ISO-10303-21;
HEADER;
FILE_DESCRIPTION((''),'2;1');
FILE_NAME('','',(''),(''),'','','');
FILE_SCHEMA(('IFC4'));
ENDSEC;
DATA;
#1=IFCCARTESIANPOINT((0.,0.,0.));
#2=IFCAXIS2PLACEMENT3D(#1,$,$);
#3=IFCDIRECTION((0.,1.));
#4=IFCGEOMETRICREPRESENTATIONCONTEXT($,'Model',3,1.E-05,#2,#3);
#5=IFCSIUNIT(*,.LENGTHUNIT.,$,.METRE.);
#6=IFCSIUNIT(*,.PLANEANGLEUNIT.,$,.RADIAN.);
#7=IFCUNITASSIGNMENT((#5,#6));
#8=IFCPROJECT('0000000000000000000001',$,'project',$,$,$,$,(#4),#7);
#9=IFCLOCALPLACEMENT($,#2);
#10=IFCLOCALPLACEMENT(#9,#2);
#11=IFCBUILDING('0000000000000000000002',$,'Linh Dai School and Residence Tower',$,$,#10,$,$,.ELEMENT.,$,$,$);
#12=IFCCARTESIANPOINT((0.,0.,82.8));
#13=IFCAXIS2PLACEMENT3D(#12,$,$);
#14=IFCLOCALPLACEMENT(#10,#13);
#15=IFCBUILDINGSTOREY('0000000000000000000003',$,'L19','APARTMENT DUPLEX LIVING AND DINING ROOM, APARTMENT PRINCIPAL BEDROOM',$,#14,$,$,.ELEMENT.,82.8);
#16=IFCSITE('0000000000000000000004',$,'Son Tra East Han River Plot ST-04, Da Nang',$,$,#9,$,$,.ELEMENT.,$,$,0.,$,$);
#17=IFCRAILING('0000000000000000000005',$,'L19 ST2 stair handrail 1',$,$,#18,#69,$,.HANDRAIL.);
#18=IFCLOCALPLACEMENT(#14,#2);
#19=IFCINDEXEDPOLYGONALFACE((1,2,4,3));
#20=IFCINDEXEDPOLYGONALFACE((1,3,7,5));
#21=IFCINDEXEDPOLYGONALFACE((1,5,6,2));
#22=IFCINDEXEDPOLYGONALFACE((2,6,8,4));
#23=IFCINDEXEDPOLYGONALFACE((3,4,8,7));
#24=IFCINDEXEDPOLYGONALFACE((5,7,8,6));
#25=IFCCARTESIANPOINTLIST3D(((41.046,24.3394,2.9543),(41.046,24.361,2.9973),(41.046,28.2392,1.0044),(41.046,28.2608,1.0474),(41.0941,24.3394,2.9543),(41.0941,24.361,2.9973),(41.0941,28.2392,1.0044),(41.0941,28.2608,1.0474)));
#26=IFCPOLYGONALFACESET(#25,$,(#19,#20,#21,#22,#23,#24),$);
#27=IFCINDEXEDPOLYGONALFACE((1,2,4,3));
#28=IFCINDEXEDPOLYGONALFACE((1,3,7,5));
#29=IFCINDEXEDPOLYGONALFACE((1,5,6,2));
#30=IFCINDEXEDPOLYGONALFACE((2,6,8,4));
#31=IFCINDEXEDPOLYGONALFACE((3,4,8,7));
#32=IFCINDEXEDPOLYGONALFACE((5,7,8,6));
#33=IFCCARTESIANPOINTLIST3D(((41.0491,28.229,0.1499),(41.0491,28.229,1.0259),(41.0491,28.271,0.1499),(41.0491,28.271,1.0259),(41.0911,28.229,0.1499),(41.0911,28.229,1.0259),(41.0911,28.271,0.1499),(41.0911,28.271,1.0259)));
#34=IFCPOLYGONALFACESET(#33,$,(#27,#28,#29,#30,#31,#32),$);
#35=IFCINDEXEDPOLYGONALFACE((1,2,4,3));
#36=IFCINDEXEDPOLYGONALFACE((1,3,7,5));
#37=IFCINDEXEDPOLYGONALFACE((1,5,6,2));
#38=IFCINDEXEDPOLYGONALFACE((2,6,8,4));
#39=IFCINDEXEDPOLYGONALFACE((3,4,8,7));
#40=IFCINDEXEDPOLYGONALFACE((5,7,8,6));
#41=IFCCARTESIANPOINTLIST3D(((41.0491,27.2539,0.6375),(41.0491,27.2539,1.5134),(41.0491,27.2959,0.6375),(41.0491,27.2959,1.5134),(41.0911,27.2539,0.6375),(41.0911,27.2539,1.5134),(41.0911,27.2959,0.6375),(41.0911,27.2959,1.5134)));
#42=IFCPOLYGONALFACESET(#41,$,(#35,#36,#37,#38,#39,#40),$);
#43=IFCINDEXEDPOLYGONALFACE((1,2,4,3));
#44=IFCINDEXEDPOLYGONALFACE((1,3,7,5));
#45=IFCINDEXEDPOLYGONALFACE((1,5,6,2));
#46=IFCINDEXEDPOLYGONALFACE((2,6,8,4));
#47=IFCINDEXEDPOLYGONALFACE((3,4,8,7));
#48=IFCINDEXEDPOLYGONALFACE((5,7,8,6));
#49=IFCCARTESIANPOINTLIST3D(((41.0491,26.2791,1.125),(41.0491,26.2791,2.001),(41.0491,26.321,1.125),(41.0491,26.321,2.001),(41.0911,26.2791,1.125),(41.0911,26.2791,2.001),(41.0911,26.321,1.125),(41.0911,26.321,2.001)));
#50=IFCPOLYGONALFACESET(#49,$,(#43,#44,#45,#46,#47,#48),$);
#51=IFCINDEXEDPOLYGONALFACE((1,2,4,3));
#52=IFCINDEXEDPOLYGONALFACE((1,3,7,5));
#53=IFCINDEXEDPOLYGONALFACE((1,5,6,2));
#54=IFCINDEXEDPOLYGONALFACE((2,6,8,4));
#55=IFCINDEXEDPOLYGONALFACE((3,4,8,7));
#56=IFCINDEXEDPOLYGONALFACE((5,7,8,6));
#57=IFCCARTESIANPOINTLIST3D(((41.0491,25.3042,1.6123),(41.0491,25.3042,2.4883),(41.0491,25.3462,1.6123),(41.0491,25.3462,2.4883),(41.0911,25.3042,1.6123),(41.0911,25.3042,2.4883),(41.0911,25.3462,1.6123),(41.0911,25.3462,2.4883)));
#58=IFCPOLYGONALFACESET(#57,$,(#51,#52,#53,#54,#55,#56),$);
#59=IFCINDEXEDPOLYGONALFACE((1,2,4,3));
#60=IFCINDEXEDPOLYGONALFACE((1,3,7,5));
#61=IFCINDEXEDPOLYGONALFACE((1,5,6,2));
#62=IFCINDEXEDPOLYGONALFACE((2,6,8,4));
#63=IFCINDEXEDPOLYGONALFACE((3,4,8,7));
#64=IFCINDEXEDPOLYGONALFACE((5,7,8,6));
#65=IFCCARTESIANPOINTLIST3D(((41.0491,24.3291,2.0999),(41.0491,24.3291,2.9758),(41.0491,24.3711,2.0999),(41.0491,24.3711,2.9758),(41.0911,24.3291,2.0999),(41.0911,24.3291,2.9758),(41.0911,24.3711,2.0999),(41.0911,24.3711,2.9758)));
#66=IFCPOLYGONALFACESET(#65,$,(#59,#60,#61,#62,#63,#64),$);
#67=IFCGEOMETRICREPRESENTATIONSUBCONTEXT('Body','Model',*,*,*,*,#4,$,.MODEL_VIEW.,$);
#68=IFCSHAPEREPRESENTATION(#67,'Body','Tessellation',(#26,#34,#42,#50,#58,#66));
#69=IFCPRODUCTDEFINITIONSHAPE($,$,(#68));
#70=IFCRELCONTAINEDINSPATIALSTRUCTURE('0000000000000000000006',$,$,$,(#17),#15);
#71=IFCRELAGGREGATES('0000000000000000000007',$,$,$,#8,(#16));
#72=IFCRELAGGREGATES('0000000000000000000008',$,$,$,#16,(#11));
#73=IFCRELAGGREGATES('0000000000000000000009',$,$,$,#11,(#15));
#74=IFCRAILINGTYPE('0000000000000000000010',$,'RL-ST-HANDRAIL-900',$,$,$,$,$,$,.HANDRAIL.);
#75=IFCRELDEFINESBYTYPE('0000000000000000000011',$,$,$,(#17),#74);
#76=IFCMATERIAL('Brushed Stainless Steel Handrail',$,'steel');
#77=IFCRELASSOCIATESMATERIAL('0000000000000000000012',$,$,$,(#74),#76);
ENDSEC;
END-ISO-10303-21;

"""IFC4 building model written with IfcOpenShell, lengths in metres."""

from ifc_helpers import new_model, si_unit, direction, frame, origin, origin_2d, place, context, subcontext, project, spatial, rectangle, extrude, source, transform, mapped, material, type_object, element, save


model = new_model("IFC4")

# Units and contexts
model_context = context("Model", 3, precision=1e-05, world=origin(), true_north=direction((0.0, 1.0)))
body_context = subcontext(model_context, "Body", "Model", "MODEL_VIEW")
ifc_project = project(units=[si_unit("LENGTHUNIT", "METRE"), si_unit("PLANEANGLEUNIT", "RADIAN")], contexts=[model_context])

# Site, building, storey
site_placement = place(None, origin())
site = spatial("IfcSite", under=ifc_project, at=site_placement, Name="Son Tra East Han River Plot ST-04, Da Nang", CompositionType="ELEMENT", RefElevation=0.0)
building_placement = place(site_placement, origin())
building = spatial("IfcBuilding", under=site, at=building_placement, Name="Linh Dai School and Residence Tower", CompositionType="ELEMENT")
storey_placement = place(building_placement, frame((0.0, 0.0, 82.8)))
storey = spatial("IfcBuildingStorey", under=building, at=storey_placement, Name="L19", Description="APARTMENT DUPLEX LIVING AND DINING ROOM, APARTMENT PRINCIPAL BEDROOM", CompositionType="ELEMENT", Elevation=82.8)

# Railing
ifc_material_1 = material(Name="Brushed Stainless Steel Handrail", Category="steel")
railing_type_1 = type_object("IfcRailingType", Name="RL-ST-HANDRAIL-900", PredefinedType="HANDRAIL", material=ifc_material_1)
shared_shape_1 = source(origin(), body_context, "Body", "SweptSolid", [
    extrude(rectangle(XDim=0.0481, YDim=0.0481, at=origin_2d()), frame((0.0, 0.0, 0.876), z_axis=(0.0, -0.894427, 0.447214), x_axis=(1.0, 0.0, 0.0)), (0.0, 0.0, 1.0), 4.3601),
    extrude(rectangle(XDim=0.042, YDim=0.042, at=origin_2d()), origin(), (0.0, 0.0, 1.0), 0.876),
    extrude(rectangle(XDim=0.042, YDim=0.042, at=origin_2d()), frame((0.0, -0.9751, 0.4875)), (0.0, 0.0, 1.0), 0.876),
    extrude(rectangle(XDim=0.042, YDim=0.042, at=origin_2d()), frame((0.0, -1.95, 0.9751)), (0.0, 0.0, 1.0), 0.876),
    extrude(rectangle(XDim=0.042, YDim=0.042, at=origin_2d()), frame((0.0, -2.9248, 1.4624)), (0.0, 0.0, 1.0), 0.876),
    extrude(rectangle(XDim=0.042, YDim=0.042, at=origin_2d()), frame((0.0, -3.8999, 1.95)), (0.0, 0.0, 1.0), 0.876),
])
railing_1_placement = place(storey_placement, frame((41.0701, 28.25, 0.1499)))
element("IfcRailing", 1, at=railing_1_placement, inside=storey, type_object=railing_type_1, Name="L19 ST2 stair handrail 1", PredefinedType="HANDRAIL", context=body_context, shape_type="MappedRepresentation", body=[
    mapped(shared_shape_1, transform((0.0, 0.0, 0.0), x_axis=(1.0, 0.0, 0.0), y_axis=(0.0, 1.0, 0.0), z_axis=(0.0, 0.0, 1.0), scale=1.0)),
])

save(model, "model.ifc")
